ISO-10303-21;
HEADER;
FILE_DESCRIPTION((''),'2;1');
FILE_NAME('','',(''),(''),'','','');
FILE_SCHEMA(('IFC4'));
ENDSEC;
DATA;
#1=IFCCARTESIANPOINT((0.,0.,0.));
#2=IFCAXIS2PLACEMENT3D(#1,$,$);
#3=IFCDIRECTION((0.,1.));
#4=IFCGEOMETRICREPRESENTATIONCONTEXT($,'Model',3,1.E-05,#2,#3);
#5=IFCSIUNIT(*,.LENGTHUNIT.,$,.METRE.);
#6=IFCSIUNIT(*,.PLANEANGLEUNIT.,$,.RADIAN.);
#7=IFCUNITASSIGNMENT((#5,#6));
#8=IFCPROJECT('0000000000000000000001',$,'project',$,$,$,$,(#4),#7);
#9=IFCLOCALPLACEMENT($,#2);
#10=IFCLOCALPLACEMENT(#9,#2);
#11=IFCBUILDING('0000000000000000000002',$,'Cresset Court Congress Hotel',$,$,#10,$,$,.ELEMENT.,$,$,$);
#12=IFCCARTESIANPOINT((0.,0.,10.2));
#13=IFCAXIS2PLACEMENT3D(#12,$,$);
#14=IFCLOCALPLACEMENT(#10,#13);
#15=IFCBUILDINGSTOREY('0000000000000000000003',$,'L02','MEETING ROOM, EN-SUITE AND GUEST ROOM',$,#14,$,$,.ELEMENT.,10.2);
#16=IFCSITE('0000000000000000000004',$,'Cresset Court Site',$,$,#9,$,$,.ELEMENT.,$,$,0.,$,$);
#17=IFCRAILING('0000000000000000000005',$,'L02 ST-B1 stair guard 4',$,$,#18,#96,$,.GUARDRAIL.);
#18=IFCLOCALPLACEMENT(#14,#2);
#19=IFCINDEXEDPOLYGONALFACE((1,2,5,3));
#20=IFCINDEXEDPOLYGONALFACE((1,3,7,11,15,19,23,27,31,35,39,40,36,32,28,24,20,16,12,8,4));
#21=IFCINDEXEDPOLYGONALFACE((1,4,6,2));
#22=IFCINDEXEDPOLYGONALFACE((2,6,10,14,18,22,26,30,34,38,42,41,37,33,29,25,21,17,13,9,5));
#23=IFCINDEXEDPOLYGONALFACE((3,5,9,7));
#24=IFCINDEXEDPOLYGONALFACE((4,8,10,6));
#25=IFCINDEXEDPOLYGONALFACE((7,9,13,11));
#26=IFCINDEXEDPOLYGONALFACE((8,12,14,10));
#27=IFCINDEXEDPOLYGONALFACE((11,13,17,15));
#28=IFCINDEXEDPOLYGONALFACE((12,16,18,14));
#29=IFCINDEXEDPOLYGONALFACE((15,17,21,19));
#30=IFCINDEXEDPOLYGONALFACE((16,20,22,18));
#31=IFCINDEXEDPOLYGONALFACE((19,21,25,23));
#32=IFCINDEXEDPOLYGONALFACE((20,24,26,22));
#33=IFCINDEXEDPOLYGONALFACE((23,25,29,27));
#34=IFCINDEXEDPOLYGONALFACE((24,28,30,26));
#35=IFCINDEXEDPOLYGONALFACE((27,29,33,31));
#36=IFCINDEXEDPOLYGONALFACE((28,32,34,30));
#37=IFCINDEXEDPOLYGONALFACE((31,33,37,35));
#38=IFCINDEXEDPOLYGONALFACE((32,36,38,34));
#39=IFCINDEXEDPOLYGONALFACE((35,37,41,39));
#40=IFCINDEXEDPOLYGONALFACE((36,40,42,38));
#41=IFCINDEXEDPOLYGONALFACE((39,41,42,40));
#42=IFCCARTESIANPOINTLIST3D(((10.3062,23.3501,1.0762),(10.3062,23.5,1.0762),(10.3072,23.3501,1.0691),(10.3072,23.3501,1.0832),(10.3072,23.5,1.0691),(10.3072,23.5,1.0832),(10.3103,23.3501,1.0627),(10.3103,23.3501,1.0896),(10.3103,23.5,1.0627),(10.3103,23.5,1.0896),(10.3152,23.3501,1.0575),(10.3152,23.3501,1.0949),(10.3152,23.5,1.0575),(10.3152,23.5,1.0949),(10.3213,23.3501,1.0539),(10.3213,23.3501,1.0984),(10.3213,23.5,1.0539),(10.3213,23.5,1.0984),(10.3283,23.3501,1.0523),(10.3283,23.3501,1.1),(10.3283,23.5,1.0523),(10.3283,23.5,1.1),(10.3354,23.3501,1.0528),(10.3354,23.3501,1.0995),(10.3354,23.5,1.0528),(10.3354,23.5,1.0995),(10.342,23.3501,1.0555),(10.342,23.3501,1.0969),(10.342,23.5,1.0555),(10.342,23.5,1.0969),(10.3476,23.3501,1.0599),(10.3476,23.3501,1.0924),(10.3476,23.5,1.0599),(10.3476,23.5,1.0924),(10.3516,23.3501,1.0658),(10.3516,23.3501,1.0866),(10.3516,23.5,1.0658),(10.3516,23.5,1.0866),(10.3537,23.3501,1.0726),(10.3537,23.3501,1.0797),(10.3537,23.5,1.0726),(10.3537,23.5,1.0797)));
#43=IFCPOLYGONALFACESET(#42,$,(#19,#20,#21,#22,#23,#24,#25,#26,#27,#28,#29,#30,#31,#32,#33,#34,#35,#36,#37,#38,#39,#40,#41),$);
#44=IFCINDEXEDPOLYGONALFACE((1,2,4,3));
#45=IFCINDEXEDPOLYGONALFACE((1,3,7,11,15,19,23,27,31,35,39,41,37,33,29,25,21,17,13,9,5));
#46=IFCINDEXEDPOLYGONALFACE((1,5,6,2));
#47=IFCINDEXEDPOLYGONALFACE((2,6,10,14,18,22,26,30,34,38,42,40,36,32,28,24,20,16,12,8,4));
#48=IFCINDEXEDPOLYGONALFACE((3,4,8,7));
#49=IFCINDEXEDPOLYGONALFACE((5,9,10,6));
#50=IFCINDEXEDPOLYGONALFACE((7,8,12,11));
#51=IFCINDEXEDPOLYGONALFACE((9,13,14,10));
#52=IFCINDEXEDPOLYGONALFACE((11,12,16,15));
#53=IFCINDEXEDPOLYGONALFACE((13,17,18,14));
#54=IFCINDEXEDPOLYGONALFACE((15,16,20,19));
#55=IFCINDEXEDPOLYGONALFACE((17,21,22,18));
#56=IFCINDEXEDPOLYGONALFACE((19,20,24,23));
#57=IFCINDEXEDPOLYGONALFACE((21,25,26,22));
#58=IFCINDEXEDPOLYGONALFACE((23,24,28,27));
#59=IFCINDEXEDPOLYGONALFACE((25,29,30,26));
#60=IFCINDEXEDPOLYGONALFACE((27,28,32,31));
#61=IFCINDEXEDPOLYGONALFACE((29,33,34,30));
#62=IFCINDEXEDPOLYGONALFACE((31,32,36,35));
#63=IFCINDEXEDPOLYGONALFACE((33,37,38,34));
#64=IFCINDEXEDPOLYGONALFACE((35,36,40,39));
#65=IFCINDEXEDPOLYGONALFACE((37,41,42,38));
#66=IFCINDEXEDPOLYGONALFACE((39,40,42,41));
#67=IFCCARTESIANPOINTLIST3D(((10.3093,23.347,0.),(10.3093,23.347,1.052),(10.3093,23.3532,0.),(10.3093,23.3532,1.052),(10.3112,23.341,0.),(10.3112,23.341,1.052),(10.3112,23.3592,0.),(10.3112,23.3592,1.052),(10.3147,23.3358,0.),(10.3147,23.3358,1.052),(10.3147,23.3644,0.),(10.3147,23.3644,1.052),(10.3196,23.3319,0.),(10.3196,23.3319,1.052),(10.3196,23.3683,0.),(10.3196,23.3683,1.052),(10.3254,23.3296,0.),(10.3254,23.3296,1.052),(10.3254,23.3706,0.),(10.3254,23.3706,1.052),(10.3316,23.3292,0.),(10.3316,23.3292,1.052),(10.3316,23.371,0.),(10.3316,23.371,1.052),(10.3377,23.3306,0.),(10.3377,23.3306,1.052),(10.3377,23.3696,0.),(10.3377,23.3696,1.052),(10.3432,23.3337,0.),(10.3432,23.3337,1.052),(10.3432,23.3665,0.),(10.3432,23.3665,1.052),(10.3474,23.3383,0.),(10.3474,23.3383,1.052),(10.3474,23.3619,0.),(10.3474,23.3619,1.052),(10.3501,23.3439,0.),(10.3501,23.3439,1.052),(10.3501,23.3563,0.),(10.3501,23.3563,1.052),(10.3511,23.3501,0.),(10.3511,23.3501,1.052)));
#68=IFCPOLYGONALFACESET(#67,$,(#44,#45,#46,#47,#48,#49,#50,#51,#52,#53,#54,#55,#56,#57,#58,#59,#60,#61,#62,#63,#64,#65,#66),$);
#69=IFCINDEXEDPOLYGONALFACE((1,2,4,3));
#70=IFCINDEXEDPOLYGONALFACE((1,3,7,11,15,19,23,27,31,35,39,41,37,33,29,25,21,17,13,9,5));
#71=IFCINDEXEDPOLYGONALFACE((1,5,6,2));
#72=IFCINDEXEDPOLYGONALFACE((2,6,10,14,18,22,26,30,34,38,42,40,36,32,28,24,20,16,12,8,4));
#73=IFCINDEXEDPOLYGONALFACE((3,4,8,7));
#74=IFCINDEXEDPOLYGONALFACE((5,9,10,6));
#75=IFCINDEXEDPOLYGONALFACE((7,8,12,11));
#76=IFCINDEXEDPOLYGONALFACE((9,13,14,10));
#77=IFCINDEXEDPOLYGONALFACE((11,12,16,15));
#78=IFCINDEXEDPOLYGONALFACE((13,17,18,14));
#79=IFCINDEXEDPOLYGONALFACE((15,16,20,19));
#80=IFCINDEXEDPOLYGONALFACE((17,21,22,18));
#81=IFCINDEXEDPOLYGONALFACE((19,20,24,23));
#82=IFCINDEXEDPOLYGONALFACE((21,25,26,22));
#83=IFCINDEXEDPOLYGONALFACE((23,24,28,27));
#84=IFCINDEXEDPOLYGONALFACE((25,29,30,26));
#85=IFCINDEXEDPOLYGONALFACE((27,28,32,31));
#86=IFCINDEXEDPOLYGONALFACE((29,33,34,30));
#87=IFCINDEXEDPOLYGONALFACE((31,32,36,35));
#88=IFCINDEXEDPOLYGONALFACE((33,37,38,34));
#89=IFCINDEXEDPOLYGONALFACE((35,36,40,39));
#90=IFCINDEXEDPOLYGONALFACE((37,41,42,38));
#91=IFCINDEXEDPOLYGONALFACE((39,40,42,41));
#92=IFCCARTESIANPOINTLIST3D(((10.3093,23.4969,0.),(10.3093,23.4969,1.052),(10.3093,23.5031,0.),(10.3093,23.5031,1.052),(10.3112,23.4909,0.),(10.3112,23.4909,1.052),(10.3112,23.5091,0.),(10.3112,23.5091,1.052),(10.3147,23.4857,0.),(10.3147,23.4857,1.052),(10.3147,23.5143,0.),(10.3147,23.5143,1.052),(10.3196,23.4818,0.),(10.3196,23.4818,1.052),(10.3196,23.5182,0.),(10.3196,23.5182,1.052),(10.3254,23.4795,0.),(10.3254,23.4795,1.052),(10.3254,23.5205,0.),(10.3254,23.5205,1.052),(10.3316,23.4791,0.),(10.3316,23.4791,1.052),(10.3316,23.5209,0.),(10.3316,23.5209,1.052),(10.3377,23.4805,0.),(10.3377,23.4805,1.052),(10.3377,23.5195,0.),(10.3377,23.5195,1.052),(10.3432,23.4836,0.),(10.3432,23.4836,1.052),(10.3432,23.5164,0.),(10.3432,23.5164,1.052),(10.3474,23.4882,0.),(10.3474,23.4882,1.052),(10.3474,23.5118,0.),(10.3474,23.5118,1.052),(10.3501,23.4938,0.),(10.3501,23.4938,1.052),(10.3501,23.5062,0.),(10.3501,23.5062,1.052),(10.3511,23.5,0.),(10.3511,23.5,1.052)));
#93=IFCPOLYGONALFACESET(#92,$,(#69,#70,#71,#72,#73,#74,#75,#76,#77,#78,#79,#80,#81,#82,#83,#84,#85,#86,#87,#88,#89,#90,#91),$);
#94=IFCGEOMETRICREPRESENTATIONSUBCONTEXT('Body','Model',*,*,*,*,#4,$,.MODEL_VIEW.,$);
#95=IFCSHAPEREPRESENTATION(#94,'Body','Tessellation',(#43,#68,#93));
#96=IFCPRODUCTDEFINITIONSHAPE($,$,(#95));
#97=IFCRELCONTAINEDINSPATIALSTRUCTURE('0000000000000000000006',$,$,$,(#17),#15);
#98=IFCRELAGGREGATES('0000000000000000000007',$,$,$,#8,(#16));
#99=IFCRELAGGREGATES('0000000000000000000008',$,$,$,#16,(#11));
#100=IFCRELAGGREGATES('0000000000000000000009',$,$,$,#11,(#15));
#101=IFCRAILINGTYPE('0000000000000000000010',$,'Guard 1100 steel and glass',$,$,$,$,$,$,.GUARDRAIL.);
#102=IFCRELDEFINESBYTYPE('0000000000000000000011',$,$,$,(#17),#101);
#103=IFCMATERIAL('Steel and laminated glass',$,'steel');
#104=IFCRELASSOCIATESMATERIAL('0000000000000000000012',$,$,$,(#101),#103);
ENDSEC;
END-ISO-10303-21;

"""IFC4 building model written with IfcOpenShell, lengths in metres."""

from ifc_helpers import new_model, si_unit, direction, frame, origin, origin_2d, place, context, subcontext, project, spatial, circle, extrude, material, type_object, element, save


model = new_model("IFC4")

# Units and contexts
model_context = context("Model", 3, precision=1e-05, world=origin(), true_north=direction((0.0, 1.0)))
body_context = subcontext(model_context, "Body", "Model", "MODEL_VIEW")
ifc_project = project(units=[si_unit("LENGTHUNIT", "METRE"), si_unit("PLANEANGLEUNIT", "RADIAN")], contexts=[model_context])

# Site, building, storey
site_placement = place(None, origin())
site = spatial("IfcSite", under=ifc_project, at=site_placement, Name="Cresset Court Site", CompositionType="ELEMENT", RefElevation=0.0)
building_placement = place(site_placement, origin())
building = spatial("IfcBuilding", under=site, at=building_placement, Name="Cresset Court Congress Hotel", CompositionType="ELEMENT")
storey_placement = place(building_placement, frame((0.0, 0.0, 10.2)))
storey = spatial("IfcBuildingStorey", under=building, at=storey_placement, Name="L02", Description="MEETING ROOM, EN-SUITE AND GUEST ROOM", CompositionType="ELEMENT", Elevation=10.2)

# Railing
ifc_material_1 = material(Name="Steel and laminated glass", Category="steel")
railing_type_1 = type_object("IfcRailingType", Name="Guard 1100 steel and glass", PredefinedType="GUARDRAIL", material=ifc_material_1)
railing_1_placement = place(storey_placement, frame((10.3301, 23.3501, 0.0)))
element("IfcRailing", 1, at=railing_1_placement, inside=storey, type_object=railing_type_1, Name="L02 ST-B1 stair guard 4", PredefinedType="GUARDRAIL", context=body_context, shape_type="SweptSolid", body=[
    extrude(circle(Radius=0.0239, at=origin_2d()), frame((0.0, 0.0, 1.0762), z_axis=(0.0, 1.0, 0.0), x_axis=(-1.0, 0.0, 0.0)), (0.0, 0.0, 1.0), 0.1499),
    extrude(circle(Radius=0.021, at=origin_2d()), origin(), (0.0, 0.0, 1.0), 1.052),
    extrude(circle(Radius=0.021, at=origin_2d()), frame((0.0, 0.1499, 0.0)), (0.0, 0.0, 1.0), 1.052),
])

save(model, "model.ifc")
